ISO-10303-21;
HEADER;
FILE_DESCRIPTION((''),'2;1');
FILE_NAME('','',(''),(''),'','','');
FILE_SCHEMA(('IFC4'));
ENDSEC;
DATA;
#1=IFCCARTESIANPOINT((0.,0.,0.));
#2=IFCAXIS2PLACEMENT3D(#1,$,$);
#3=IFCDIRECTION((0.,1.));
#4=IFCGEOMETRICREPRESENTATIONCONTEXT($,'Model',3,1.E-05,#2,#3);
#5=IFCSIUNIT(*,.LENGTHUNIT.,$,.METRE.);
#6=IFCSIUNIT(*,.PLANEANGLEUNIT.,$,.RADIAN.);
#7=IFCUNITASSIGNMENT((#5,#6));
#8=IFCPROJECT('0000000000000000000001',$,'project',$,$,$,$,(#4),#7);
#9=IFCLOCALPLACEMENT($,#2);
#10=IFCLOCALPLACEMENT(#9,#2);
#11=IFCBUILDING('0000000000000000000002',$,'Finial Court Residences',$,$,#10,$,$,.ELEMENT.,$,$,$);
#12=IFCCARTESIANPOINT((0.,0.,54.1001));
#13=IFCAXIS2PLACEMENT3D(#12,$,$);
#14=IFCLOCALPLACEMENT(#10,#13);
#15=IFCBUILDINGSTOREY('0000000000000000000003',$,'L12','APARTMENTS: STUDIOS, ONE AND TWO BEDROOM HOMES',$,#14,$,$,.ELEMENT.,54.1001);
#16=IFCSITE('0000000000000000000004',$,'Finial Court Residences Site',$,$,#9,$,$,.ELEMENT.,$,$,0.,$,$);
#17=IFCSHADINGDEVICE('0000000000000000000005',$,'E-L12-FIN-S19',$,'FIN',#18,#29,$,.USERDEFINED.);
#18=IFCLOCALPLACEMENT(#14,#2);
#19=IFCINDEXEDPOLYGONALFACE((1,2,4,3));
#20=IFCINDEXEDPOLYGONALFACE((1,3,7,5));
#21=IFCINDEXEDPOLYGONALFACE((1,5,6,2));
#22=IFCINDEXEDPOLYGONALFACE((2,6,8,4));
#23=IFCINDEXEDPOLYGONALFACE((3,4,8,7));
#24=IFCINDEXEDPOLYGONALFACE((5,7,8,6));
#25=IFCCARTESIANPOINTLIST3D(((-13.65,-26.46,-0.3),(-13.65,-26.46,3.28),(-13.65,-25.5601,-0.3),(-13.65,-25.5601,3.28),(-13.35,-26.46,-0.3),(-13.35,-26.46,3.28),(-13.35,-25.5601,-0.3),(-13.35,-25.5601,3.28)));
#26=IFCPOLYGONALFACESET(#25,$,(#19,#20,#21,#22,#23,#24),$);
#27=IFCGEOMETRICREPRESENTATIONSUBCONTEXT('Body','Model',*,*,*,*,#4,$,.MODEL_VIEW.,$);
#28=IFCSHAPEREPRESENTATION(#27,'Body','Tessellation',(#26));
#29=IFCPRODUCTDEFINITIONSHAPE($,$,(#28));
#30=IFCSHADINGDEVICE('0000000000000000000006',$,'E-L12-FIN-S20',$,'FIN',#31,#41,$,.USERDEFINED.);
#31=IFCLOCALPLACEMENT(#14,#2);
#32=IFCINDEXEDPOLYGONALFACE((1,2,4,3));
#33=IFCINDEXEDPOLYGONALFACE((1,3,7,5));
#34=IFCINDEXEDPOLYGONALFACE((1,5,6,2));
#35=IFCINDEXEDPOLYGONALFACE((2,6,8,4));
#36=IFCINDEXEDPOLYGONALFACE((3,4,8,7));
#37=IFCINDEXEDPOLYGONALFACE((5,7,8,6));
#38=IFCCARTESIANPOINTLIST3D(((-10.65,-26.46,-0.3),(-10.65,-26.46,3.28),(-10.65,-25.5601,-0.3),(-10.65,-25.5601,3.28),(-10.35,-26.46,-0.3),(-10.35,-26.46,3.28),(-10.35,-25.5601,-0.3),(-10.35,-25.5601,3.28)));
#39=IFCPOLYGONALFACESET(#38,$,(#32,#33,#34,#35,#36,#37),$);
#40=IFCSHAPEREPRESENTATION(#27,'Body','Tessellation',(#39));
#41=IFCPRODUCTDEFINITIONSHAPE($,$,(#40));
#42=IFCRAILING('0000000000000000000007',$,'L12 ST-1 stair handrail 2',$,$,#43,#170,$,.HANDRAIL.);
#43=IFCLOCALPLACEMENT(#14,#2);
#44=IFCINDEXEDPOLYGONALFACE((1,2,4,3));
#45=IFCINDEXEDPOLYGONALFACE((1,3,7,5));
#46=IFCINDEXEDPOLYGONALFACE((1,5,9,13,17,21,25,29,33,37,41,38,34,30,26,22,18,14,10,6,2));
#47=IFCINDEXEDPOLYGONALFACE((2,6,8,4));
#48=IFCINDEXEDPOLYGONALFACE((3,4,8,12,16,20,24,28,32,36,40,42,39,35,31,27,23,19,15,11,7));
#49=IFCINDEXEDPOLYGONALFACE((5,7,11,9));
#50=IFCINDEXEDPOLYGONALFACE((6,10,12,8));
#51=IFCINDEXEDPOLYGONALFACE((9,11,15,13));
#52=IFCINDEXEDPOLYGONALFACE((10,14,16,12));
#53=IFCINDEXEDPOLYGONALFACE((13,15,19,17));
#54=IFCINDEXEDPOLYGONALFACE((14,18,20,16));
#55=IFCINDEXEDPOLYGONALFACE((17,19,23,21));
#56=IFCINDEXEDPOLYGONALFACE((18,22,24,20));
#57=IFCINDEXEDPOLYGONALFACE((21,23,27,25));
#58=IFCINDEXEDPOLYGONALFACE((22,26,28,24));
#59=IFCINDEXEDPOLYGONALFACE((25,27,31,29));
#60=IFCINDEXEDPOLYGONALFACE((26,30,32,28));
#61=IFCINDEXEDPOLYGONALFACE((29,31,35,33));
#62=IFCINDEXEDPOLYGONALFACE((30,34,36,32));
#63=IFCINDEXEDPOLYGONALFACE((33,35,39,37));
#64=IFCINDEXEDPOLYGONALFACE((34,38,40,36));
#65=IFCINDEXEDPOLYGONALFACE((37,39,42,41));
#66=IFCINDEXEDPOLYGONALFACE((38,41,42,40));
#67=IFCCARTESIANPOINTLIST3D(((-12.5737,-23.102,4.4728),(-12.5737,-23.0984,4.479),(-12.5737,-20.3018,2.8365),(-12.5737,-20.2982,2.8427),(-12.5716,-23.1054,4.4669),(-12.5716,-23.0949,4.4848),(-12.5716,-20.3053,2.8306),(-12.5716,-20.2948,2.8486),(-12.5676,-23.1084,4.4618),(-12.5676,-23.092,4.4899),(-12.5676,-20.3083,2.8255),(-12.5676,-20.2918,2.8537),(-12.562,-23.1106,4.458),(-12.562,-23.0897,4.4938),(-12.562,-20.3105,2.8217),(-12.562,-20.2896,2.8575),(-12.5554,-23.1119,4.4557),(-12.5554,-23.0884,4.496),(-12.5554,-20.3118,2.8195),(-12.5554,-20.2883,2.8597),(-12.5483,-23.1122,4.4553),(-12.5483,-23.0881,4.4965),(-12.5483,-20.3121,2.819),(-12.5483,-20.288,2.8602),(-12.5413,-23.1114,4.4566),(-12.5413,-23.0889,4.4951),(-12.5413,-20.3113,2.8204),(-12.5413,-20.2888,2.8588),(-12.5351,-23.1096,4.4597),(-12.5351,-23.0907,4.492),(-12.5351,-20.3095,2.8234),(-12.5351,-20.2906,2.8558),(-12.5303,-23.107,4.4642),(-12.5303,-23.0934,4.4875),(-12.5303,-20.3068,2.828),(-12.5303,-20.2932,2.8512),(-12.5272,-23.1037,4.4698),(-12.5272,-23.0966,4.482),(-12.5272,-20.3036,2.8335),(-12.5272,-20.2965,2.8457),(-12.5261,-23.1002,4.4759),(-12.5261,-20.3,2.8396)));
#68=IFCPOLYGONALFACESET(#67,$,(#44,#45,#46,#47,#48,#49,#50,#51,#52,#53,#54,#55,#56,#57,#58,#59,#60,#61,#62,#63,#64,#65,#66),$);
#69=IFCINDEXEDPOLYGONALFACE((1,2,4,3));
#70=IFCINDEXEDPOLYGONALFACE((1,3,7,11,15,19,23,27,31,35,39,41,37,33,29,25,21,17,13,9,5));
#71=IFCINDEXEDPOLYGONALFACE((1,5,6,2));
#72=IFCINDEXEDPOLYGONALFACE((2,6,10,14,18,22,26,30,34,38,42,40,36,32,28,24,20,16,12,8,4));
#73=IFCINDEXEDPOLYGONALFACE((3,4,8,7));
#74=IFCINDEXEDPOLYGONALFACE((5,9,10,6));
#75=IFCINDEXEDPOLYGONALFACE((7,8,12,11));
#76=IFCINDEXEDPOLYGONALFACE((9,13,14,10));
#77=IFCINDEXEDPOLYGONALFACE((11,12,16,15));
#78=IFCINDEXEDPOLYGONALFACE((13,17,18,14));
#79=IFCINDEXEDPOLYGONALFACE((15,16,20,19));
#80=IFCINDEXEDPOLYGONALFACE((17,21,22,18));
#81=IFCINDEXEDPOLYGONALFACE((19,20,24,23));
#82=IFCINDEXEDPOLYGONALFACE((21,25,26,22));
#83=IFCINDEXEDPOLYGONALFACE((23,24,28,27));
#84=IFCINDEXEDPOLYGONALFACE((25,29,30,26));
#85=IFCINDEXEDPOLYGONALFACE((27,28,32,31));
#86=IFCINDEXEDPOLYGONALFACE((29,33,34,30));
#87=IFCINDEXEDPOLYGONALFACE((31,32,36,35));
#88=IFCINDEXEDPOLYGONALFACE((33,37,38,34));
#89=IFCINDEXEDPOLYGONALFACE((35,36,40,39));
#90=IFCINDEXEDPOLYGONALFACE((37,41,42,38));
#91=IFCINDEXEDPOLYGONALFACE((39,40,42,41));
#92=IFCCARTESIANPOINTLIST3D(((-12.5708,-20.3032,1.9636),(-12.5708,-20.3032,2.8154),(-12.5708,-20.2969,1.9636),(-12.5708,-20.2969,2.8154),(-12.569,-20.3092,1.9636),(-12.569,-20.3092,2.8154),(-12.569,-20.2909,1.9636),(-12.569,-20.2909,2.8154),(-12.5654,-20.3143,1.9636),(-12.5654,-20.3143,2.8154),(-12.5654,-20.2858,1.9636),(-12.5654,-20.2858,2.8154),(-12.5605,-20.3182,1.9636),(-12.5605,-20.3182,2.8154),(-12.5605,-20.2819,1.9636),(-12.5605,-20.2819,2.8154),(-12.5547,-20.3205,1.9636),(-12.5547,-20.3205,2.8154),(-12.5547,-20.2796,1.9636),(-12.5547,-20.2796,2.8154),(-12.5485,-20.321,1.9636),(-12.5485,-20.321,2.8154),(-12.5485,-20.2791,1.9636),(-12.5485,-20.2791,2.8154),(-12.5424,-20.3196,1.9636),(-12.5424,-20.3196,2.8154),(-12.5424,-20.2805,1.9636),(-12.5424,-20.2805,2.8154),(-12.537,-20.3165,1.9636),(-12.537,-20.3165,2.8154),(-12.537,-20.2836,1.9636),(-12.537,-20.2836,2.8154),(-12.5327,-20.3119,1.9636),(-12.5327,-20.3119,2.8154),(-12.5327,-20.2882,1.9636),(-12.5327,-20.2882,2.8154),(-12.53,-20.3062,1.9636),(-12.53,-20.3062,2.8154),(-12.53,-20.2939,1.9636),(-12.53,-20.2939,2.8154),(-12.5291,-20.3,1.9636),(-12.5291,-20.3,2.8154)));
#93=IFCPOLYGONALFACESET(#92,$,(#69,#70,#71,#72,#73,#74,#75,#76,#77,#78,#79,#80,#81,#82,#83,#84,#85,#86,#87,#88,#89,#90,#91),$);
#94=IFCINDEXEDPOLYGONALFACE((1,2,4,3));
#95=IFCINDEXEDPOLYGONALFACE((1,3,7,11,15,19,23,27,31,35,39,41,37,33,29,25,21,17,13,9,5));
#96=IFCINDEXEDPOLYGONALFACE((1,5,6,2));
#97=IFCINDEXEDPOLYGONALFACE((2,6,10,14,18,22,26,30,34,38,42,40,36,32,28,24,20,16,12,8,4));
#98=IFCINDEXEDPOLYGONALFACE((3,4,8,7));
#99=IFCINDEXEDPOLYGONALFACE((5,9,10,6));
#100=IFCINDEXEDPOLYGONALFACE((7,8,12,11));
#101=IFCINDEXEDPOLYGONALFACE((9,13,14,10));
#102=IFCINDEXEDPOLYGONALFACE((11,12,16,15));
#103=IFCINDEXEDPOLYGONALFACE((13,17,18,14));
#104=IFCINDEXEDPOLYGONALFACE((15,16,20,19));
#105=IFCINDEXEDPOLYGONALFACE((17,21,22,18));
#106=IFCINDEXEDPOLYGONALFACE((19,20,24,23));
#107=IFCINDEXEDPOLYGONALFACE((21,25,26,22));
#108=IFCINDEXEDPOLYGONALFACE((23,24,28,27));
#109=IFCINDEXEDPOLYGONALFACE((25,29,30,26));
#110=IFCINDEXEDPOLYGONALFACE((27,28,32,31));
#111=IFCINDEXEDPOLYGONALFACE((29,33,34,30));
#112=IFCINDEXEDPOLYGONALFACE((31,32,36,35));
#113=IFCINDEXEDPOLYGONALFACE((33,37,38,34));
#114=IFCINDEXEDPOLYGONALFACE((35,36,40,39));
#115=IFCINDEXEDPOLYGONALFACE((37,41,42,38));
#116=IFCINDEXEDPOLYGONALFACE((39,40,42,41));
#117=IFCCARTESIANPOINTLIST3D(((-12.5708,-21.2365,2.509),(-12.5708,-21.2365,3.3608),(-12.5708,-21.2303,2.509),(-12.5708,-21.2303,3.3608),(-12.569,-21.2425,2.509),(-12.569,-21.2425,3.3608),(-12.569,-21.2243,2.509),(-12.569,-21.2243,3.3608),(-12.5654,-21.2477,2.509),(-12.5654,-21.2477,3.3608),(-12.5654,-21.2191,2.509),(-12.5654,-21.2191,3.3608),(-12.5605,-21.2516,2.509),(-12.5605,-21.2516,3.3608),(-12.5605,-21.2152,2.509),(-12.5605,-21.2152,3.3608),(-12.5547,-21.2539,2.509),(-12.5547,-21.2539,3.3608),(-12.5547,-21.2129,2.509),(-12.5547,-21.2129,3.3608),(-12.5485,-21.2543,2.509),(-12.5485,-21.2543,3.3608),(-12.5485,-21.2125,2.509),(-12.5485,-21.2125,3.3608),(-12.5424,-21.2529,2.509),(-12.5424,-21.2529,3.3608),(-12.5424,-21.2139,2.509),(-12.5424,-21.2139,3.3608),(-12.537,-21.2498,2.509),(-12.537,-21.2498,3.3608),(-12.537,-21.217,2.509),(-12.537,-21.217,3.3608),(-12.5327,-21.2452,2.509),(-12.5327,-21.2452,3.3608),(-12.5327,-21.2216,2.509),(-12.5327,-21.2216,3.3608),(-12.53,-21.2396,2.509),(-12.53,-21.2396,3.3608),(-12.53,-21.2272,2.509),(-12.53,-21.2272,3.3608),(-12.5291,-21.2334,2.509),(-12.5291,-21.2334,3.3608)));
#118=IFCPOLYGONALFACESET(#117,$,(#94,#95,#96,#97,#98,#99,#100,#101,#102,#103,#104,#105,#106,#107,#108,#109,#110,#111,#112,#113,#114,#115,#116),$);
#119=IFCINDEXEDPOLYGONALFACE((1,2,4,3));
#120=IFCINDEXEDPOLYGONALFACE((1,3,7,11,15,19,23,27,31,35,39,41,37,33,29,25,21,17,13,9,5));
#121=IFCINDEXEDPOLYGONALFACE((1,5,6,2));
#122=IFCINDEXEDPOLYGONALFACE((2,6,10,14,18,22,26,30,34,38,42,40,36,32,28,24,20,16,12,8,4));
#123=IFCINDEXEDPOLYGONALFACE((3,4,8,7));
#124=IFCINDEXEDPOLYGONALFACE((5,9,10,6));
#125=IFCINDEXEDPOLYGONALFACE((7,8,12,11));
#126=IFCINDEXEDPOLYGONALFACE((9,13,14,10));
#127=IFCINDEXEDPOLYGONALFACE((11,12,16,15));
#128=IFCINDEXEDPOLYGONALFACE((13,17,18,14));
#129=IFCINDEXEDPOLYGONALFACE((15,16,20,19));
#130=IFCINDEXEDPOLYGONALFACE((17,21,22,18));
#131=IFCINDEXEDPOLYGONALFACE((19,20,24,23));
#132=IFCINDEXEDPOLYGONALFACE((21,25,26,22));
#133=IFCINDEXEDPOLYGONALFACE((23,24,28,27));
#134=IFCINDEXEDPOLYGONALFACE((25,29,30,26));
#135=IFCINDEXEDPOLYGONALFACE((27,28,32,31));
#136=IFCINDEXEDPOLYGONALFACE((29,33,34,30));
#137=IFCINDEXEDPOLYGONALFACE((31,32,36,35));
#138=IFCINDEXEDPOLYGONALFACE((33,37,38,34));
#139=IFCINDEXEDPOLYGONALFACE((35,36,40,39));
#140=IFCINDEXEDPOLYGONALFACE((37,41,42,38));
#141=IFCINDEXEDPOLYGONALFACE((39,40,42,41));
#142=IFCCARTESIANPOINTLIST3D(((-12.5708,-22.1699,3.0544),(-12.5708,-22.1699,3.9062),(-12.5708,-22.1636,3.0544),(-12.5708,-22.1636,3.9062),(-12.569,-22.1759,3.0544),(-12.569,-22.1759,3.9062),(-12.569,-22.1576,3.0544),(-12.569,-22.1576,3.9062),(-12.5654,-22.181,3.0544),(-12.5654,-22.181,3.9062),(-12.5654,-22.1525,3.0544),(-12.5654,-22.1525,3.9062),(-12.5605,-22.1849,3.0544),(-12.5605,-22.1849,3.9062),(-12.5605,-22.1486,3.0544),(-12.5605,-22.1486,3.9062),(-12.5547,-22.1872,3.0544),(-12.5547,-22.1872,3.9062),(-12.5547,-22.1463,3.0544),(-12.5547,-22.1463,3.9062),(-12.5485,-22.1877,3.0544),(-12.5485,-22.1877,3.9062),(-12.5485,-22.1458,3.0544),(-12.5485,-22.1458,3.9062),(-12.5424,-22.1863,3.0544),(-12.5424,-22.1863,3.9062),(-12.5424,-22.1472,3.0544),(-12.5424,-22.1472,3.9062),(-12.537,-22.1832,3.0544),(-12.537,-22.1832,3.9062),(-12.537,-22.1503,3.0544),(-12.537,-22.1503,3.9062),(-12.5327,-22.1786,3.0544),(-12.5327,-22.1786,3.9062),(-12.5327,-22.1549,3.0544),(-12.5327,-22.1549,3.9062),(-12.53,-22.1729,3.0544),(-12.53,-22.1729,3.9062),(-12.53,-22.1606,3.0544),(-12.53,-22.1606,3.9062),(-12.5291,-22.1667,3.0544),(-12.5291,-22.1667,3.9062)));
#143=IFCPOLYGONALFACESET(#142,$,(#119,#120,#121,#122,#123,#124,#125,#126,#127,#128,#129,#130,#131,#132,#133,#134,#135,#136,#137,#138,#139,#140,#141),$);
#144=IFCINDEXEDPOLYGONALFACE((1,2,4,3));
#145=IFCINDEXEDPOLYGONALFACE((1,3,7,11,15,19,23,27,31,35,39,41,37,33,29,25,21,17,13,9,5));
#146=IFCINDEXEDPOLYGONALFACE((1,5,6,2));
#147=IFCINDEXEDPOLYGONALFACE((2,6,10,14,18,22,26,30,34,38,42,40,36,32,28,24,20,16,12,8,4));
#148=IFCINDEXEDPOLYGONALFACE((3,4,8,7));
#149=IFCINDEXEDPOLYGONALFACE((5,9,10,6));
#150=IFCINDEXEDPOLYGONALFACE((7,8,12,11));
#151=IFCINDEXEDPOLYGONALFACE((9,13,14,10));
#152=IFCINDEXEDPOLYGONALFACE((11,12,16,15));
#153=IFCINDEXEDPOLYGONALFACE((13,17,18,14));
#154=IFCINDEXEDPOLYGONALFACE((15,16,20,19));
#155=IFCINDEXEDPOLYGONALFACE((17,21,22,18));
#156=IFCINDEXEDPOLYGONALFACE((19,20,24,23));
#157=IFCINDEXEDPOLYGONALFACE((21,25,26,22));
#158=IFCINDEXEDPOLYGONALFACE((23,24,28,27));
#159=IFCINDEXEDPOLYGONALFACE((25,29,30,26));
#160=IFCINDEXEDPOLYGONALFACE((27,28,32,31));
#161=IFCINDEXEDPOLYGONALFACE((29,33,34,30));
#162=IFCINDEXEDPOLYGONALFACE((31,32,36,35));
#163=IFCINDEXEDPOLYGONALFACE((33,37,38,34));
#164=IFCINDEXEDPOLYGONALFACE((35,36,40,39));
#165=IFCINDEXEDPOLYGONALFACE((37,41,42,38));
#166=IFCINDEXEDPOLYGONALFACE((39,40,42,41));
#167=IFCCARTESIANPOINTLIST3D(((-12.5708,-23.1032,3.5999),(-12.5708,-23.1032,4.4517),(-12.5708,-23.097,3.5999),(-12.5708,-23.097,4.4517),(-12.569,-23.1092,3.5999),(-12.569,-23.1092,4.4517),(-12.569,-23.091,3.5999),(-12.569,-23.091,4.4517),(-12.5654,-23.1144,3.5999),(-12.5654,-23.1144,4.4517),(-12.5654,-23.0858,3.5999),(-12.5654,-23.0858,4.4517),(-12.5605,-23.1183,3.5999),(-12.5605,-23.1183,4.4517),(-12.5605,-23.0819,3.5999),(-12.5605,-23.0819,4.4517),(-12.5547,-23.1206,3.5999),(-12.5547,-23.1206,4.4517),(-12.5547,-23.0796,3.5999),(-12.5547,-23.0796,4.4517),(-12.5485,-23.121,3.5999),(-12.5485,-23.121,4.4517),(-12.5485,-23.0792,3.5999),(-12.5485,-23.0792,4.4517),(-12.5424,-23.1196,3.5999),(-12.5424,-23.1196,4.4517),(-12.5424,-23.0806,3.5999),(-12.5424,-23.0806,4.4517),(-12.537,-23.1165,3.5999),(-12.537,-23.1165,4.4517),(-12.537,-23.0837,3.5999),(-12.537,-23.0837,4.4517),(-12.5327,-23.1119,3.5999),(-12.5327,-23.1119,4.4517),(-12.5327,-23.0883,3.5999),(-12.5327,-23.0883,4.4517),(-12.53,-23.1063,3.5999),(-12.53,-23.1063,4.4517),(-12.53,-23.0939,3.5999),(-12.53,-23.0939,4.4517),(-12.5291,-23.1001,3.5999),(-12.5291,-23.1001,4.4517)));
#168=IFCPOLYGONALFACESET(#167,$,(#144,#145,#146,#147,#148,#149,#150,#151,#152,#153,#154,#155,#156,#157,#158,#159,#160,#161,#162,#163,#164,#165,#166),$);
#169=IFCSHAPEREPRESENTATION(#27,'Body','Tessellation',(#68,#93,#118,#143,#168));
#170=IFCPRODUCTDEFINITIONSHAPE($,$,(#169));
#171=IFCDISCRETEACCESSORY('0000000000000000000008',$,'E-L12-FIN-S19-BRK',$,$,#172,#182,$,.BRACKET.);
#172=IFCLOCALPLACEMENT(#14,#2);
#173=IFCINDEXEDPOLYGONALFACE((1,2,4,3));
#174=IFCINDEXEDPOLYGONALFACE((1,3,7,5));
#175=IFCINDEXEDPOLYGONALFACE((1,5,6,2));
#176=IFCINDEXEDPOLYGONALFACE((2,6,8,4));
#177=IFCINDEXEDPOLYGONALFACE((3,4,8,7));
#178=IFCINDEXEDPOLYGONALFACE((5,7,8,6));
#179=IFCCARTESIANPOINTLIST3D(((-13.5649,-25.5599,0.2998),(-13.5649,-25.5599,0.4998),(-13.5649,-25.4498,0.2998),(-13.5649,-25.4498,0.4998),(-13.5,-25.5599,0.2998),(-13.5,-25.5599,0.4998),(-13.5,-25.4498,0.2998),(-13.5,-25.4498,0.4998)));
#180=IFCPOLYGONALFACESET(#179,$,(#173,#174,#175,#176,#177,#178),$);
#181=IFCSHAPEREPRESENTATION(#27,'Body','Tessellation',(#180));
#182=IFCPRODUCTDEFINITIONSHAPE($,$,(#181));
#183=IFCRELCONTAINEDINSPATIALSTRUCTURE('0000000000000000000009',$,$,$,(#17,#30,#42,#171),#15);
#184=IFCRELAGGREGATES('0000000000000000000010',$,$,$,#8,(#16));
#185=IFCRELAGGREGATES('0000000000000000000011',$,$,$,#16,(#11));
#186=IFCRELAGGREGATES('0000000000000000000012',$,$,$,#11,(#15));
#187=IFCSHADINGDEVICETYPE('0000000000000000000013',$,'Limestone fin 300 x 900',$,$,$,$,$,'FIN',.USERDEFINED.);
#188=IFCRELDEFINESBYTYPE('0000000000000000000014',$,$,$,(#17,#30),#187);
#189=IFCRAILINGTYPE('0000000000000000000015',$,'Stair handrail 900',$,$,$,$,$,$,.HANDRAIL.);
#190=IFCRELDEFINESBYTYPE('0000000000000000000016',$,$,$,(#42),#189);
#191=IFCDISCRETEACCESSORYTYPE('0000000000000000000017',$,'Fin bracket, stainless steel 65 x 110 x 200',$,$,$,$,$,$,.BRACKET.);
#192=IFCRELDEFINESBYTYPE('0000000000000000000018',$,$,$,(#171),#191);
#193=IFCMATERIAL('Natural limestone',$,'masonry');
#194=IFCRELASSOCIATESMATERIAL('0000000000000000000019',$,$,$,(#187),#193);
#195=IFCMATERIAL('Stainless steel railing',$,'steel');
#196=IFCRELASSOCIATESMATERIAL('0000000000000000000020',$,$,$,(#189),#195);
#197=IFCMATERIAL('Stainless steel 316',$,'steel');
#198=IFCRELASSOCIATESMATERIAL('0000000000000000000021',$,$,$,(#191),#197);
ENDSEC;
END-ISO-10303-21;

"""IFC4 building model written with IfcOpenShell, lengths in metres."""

from ifc_helpers import new_model, si_unit, direction, frame, origin, origin_2d, place, context, subcontext, project, spatial, rectangle, circle, extrude, material, type_object, element, save


model = new_model("IFC4")

# Units and contexts
model_context = context("Model", 3, precision=1e-05, world=origin(), true_north=direction((0.0, 1.0)))
body_context = subcontext(model_context, "Body", "Model", "MODEL_VIEW")
ifc_project = project(units=[si_unit("LENGTHUNIT", "METRE"), si_unit("PLANEANGLEUNIT", "RADIAN")], contexts=[model_context])

# Site, building, storey
site_placement = place(None, origin())
site = spatial("IfcSite", under=ifc_project, at=site_placement, Name="Finial Court Residences Site", CompositionType="ELEMENT", RefElevation=0.0)
building_placement = place(site_placement, origin())
building = spatial("IfcBuilding", under=site, at=building_placement, Name="Finial Court Residences", CompositionType="ELEMENT")
storey_placement = place(building_placement, frame((0.0, 0.0, 54.1001)))
storey = spatial("IfcBuildingStorey", under=building, at=storey_placement, Name="L12", Description="APARTMENTS: STUDIOS, ONE AND TWO BEDROOM HOMES", CompositionType="ELEMENT", Elevation=54.1001)

# Shading devices
ifc_material_1 = material(Name="Natural limestone", Category="masonry")
shading_device_type = type_object("IfcShadingDeviceType", Name="Limestone fin 300 x 900", ElementType="FIN", PredefinedType="USERDEFINED", material=ifc_material_1)
for number, where, z_axis, x_axis, name in (
    (1, (-13.5, -26.01, -0.3), (0.0, 0.0, 1.0), (1.0, 0.0, 0.0), "E-L12-FIN-S19"),
    (2, (-10.5, -26.01, -0.3), (0.0, 0.0, 1.0), (1.0, 0.0, 0.0), "E-L12-FIN-S20"),
):
    element("IfcShadingDevice", number, at=place(storey_placement, frame(where, z_axis=z_axis, x_axis=x_axis)), inside=storey, type_object=shading_device_type, Name=name, ObjectType="FIN", PredefinedType="USERDEFINED", context=body_context, shape_type="SweptSolid", body=[
        extrude(rectangle(XDim=0.3, YDim=0.8999, at=origin_2d()), origin(), (0.0, 0.0, 1.0), 3.5801),
    ])

# Railing
ifc_material_2 = material(Name="Stainless steel railing", Category="steel")
railing_type_1 = type_object("IfcRailingType", Name="Stair handrail 900", PredefinedType="HANDRAIL", material=ifc_material_2)
railing_1_placement = place(storey_placement, frame((-12.55, -20.3, 1.9636)))
element("IfcRailing", 3, at=railing_1_placement, inside=storey, type_object=railing_type_1, Name="L12 ST-1 stair handrail 2", PredefinedType="HANDRAIL", context=body_context, shape_type="SweptSolid", body=[
    extrude(circle(Radius=0.0239, at=origin_2d()), frame((0.0, 0.0, 0.876), z_axis=(0.0, -0.863394, 0.504531), x_axis=(1.0, 0.0, 0.0)), (0.0, 0.0, 1.0), 3.2432),
    extrude(circle(Radius=0.021, at=origin_2d()), origin(), (0.0, 0.0, 1.0), 0.8518),
    extrude(circle(Radius=0.021, at=origin_2d()), frame((0.0, -0.9333, 0.5454)), (0.0, 0.0, 1.0), 0.8518),
    extrude(circle(Radius=0.021, at=origin_2d()), frame((0.0, -1.8667, 1.0908)), (0.0, 0.0, 1.0), 0.8518),
    extrude(circle(Radius=0.021, at=origin_2d()), frame((0.0, -2.8, 1.6362)), (0.0, 0.0, 1.0), 0.8518),
])

# Discrete accessory
ifc_material_3 = material(Name="Stainless steel 316", Category="steel")
discrete_accessory_type = type_object("IfcDiscreteAccessoryType", Name="Fin bracket, stainless steel 65 x 110 x 200", PredefinedType="BRACKET", material=ifc_material_3)
discrete_accessory_placement = place(storey_placement, frame((-13.5325, -25.5049, 0.2998), z_axis=(0.0, 0.0, 1.0), x_axis=(1.0, 0.0, 0.0)))
element("IfcDiscreteAccessory", 4, at=discrete_accessory_placement, inside=storey, type_object=discrete_accessory_type, Name="E-L12-FIN-S19-BRK", PredefinedType="BRACKET", context=body_context, shape_type="SweptSolid", body=[
    extrude(rectangle(XDim=0.0649, YDim=0.1101, at=origin_2d()), origin(), (0.0, 0.0, 1.0), 0.2),
])

save(model, "model.ifc")
